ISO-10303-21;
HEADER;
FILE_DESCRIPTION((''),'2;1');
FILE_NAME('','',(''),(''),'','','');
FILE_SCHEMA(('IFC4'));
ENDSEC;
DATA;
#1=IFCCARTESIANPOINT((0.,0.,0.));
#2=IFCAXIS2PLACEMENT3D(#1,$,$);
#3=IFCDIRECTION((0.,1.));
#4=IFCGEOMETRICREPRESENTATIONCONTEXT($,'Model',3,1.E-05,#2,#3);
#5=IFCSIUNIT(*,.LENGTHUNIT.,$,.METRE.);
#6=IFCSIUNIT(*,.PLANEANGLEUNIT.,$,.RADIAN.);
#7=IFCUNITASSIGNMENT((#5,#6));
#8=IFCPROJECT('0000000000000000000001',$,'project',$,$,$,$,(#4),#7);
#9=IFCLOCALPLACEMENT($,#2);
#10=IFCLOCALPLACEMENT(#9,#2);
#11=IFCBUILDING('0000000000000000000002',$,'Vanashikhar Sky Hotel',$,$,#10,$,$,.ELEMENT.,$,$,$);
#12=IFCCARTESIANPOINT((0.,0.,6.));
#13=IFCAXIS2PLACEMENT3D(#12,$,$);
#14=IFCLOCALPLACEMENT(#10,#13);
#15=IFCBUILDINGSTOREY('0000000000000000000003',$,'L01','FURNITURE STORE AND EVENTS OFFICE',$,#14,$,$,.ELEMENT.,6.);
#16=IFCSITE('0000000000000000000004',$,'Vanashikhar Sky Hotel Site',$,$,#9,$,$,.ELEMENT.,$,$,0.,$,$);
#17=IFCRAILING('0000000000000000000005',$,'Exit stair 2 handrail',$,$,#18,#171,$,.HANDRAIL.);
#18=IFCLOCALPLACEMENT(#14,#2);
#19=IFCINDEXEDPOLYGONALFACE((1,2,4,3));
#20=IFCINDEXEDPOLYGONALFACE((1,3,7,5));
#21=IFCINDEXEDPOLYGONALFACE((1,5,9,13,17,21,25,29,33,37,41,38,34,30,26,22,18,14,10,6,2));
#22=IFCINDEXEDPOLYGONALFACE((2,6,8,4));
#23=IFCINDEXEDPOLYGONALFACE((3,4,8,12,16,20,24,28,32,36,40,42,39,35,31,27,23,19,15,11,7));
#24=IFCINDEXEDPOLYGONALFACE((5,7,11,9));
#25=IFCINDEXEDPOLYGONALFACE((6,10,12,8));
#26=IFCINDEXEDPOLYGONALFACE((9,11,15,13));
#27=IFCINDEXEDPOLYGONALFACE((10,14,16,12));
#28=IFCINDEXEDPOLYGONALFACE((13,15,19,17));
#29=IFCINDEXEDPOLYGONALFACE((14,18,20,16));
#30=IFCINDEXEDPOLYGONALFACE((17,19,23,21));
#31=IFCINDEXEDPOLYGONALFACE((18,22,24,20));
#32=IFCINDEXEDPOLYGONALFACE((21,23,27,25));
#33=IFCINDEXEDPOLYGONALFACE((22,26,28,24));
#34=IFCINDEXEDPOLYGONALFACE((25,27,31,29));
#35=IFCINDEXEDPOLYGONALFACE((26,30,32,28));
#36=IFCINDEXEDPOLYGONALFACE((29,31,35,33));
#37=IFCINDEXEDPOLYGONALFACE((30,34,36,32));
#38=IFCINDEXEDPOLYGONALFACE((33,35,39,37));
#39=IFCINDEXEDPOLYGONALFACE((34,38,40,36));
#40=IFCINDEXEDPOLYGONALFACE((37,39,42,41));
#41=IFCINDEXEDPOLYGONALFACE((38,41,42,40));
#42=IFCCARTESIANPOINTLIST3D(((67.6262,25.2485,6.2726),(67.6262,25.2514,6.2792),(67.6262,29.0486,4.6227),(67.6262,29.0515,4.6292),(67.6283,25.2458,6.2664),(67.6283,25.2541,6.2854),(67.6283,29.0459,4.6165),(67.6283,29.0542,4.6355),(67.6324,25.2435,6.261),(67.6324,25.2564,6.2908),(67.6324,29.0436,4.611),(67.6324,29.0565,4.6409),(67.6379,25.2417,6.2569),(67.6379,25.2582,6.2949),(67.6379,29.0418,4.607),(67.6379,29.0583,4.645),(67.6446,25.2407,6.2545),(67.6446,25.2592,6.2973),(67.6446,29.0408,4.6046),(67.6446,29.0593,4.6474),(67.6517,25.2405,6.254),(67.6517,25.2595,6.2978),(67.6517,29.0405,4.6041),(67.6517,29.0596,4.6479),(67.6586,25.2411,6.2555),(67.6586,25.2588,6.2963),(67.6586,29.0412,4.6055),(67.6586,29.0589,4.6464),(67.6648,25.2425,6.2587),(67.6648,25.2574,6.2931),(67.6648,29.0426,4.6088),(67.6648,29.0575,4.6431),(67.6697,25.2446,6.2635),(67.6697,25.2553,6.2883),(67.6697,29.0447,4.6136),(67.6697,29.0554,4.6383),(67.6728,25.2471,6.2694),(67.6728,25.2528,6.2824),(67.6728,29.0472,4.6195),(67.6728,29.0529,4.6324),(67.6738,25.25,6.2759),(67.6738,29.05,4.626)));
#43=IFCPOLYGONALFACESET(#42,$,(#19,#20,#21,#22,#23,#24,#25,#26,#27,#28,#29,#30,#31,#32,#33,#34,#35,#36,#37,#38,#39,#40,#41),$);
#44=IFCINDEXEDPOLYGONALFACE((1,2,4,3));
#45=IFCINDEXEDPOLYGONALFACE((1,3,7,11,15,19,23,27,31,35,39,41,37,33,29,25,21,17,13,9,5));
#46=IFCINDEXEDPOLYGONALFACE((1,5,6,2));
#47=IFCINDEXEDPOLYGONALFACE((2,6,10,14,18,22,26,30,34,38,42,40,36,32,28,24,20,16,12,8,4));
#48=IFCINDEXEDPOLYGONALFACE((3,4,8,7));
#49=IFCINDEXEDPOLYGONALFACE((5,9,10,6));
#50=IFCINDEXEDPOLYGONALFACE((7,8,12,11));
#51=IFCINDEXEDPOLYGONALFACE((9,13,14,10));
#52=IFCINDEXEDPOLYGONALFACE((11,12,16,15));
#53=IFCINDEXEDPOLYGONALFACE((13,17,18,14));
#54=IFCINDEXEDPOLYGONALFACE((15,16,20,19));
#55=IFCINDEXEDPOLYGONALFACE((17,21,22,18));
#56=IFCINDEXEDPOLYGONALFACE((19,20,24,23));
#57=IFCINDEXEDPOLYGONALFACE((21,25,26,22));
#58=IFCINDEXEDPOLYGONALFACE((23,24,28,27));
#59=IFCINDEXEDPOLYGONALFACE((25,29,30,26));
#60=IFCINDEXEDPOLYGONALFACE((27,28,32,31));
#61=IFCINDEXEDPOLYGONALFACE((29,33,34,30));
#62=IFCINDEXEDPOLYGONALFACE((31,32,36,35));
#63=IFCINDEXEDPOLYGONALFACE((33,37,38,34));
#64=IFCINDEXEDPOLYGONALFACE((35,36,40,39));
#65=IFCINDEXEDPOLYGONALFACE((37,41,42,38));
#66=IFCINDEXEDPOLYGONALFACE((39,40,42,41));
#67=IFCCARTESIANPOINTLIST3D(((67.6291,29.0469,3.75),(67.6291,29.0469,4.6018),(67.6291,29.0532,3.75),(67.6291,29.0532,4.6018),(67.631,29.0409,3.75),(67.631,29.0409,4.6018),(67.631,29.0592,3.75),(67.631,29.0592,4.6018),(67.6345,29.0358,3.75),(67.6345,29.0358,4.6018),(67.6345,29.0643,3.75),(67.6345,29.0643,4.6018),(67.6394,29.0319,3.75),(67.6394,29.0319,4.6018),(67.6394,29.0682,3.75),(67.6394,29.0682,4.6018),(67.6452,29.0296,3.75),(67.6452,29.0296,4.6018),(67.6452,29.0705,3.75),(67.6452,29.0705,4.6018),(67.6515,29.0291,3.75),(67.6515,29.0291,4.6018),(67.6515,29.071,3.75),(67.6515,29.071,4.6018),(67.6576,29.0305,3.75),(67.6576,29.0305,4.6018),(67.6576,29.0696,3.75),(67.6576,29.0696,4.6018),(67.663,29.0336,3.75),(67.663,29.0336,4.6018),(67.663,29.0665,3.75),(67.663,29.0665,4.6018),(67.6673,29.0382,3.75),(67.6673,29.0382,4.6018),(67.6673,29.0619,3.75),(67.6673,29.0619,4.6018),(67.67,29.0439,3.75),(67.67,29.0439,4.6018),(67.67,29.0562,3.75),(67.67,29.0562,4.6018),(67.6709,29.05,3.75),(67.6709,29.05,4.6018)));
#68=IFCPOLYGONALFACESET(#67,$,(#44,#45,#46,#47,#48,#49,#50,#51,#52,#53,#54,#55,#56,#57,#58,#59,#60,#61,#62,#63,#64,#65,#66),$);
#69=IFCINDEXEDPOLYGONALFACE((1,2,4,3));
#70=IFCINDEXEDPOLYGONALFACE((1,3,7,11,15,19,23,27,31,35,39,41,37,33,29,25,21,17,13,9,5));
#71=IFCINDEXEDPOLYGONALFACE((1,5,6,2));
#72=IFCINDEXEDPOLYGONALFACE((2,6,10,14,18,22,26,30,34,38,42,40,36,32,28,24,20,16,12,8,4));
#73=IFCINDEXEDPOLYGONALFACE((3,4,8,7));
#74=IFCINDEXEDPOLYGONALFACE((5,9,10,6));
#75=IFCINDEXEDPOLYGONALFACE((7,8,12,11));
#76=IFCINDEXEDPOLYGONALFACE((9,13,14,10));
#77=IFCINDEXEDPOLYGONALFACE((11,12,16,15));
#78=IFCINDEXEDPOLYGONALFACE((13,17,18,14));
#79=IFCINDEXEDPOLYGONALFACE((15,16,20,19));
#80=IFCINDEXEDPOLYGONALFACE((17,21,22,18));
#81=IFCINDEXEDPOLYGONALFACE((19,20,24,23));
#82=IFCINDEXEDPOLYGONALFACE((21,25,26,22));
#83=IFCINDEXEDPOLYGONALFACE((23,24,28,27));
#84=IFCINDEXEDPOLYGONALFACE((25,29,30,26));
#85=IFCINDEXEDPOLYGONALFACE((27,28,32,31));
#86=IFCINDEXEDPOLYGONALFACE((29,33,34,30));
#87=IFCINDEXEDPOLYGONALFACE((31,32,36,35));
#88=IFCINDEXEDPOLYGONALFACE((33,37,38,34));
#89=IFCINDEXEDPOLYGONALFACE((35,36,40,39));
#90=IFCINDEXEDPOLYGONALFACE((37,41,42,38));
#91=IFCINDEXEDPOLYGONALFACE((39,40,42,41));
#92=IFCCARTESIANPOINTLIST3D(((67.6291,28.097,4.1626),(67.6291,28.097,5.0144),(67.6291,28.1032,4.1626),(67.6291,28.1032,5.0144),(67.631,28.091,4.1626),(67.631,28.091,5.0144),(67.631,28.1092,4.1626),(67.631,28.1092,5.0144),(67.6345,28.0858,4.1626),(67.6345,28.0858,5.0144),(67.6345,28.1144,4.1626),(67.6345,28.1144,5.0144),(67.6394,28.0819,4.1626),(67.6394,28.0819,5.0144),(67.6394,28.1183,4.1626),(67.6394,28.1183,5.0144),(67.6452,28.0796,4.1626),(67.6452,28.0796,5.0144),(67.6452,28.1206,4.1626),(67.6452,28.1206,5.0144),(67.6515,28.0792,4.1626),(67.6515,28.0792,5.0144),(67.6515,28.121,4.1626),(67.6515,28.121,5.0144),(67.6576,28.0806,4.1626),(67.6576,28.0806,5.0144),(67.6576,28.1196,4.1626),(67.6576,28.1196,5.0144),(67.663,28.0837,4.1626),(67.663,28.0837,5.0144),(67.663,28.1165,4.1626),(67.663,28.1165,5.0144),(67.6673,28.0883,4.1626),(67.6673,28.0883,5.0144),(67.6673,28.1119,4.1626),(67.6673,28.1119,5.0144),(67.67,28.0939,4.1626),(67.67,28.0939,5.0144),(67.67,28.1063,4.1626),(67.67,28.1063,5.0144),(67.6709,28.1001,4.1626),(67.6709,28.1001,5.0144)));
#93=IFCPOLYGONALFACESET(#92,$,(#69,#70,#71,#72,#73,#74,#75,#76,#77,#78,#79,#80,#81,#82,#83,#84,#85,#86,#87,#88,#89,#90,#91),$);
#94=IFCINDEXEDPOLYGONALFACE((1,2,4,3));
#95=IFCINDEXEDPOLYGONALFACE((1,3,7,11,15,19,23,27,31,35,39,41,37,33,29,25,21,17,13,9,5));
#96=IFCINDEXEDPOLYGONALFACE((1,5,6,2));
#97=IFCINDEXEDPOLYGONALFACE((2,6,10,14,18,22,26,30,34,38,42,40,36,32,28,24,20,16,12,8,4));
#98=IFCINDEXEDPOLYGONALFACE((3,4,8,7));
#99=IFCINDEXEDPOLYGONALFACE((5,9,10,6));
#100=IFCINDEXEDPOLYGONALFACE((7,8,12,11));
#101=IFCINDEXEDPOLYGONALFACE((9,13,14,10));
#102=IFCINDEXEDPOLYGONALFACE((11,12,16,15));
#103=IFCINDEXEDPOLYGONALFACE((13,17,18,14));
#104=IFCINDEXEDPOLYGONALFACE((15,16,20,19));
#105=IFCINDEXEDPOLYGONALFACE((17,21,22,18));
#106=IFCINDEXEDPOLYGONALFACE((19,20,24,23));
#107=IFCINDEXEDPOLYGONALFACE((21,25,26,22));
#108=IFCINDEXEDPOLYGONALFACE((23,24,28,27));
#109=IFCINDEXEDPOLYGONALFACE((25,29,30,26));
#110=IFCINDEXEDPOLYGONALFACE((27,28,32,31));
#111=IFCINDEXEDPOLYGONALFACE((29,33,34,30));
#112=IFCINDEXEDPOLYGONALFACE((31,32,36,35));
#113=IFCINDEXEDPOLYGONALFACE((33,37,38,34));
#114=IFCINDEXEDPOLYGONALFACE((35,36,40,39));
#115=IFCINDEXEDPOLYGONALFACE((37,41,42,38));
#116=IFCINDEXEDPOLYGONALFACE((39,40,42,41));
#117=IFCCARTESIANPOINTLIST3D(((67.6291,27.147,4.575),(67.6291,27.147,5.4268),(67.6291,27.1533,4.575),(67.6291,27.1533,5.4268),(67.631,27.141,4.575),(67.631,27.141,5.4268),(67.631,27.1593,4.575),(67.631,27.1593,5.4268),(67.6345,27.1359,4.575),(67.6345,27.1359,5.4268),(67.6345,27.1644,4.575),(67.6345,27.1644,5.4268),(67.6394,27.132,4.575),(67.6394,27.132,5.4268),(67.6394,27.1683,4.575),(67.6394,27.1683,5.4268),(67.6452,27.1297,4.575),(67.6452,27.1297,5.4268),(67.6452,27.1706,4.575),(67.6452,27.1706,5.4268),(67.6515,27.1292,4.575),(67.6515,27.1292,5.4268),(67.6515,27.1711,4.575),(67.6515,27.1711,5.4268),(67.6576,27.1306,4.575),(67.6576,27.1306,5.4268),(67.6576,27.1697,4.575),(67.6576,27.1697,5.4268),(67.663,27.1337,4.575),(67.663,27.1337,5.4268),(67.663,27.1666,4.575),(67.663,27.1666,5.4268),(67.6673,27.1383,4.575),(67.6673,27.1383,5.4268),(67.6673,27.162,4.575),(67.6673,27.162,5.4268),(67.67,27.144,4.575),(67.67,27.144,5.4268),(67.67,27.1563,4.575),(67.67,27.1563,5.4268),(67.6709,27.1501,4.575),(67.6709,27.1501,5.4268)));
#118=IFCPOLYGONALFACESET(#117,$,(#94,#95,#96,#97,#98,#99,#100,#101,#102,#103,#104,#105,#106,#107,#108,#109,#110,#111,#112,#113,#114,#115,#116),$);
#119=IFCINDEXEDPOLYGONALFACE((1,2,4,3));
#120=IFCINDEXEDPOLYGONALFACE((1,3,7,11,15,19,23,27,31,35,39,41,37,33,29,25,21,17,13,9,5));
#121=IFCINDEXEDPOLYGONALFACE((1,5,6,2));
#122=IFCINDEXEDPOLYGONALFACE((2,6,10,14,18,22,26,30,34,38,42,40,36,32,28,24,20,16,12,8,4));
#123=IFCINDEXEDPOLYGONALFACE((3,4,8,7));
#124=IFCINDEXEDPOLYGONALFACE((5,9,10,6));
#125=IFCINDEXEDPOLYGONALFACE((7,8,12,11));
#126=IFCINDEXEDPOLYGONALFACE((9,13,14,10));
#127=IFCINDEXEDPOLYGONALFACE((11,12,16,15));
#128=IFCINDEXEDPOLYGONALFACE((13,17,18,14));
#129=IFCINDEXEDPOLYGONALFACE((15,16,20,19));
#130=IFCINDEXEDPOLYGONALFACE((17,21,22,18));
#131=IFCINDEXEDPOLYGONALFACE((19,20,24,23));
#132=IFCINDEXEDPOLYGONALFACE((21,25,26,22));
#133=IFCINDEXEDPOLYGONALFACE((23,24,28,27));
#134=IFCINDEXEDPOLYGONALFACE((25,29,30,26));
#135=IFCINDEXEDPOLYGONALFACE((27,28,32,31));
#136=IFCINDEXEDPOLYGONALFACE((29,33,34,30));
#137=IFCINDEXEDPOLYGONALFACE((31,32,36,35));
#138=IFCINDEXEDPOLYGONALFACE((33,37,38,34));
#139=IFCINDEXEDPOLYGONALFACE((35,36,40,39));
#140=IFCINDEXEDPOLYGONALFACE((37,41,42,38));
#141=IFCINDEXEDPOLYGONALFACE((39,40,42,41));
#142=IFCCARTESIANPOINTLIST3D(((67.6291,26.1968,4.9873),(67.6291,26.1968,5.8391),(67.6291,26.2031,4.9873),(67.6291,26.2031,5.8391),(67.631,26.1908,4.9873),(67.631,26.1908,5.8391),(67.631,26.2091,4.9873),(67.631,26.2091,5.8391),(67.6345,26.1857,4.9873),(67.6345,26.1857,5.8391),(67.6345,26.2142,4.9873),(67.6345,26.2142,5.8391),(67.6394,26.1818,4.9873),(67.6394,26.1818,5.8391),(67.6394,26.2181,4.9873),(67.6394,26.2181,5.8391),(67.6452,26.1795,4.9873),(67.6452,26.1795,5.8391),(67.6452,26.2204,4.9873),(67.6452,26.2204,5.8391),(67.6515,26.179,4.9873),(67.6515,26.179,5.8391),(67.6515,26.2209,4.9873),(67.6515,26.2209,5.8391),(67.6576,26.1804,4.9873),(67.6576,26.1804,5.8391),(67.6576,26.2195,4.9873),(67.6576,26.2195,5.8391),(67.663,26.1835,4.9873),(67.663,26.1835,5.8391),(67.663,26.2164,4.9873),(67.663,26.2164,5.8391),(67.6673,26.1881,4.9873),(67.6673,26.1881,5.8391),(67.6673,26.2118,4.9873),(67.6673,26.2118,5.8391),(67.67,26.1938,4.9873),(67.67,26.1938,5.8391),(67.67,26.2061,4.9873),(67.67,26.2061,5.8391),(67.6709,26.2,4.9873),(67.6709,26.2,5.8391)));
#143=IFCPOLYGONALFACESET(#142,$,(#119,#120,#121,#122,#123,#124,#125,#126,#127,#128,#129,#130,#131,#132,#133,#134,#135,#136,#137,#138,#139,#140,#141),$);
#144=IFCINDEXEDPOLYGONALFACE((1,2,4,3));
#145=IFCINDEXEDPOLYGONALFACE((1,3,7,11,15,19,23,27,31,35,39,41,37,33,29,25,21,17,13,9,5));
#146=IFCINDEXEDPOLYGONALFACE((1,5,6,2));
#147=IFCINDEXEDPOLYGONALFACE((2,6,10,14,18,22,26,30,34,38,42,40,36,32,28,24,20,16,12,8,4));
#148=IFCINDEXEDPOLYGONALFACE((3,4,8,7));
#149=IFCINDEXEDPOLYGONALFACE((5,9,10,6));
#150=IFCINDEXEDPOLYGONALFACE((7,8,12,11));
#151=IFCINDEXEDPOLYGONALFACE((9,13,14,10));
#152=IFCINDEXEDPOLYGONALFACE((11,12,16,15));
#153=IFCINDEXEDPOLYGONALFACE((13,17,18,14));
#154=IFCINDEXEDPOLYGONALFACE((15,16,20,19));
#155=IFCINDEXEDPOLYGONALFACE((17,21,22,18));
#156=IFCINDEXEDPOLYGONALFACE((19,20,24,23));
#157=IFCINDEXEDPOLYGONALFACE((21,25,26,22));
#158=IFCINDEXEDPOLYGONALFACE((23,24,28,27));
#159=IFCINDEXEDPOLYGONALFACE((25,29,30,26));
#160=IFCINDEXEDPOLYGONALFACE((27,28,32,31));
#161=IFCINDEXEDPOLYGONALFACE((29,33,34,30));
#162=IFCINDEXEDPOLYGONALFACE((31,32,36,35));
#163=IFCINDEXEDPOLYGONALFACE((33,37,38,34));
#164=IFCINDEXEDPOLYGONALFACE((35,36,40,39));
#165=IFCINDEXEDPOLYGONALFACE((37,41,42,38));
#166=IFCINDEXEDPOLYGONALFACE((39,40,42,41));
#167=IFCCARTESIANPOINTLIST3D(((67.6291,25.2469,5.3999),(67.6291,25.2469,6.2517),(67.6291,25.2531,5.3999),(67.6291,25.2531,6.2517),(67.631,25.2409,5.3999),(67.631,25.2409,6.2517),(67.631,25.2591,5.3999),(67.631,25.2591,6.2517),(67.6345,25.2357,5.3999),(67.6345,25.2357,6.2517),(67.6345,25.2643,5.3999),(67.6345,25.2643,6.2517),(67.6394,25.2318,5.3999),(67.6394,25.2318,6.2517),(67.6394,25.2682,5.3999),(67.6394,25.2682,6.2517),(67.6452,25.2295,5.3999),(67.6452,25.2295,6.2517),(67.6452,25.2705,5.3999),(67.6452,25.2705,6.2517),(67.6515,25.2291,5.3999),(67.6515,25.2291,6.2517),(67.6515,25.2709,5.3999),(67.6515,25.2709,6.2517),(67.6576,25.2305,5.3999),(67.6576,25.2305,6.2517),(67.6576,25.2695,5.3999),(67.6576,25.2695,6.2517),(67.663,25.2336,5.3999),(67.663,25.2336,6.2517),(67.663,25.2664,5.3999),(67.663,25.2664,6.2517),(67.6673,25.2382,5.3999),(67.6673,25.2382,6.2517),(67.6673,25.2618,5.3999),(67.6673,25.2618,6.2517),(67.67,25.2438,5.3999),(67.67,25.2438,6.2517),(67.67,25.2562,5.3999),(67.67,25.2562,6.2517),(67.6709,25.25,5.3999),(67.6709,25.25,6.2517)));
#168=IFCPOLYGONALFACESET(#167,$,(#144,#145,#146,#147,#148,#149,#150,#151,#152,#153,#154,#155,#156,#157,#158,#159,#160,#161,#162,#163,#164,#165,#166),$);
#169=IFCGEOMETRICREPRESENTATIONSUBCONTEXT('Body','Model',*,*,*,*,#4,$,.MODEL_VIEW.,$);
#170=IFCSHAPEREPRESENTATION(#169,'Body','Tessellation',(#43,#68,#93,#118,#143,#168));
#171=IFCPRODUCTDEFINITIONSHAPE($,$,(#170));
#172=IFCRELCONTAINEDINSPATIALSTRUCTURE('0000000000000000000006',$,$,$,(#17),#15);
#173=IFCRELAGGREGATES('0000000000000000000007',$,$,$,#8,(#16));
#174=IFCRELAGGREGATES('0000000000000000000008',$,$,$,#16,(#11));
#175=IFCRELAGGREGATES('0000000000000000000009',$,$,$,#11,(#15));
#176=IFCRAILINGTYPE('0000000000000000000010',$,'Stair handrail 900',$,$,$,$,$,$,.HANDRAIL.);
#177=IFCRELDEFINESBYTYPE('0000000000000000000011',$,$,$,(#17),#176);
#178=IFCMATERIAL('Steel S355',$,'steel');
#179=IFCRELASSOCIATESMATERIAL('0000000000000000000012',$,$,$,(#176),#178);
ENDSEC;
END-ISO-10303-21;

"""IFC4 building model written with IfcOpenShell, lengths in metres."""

from ifc_helpers import new_model, si_unit, direction, frame, origin, origin_2d, place, context, subcontext, project, spatial, circle, extrude, source, transform, mapped, material, type_object, element, save


model = new_model("IFC4")

# Units and contexts
model_context = context("Model", 3, precision=1e-05, world=origin(), true_north=direction((0.0, 1.0)))
body_context = subcontext(model_context, "Body", "Model", "MODEL_VIEW")
ifc_project = project(units=[si_unit("LENGTHUNIT", "METRE"), si_unit("PLANEANGLEUNIT", "RADIAN")], contexts=[model_context])

# Site, building, storey
site_placement = place(None, origin())
site = spatial("IfcSite", under=ifc_project, at=site_placement, Name="Vanashikhar Sky Hotel Site", CompositionType="ELEMENT", RefElevation=0.0)
building_placement = place(site_placement, origin())
building = spatial("IfcBuilding", under=site, at=building_placement, Name="Vanashikhar Sky Hotel", CompositionType="ELEMENT")
storey_placement = place(building_placement, frame((0.0, 0.0, 6.0)))
storey = spatial("IfcBuildingStorey", under=building, at=storey_placement, Name="L01", Description="FURNITURE STORE AND EVENTS OFFICE", CompositionType="ELEMENT", Elevation=6.0)

# Railing
ifc_material_1 = material(Name="Steel S355", Category="steel")
railing_type_1 = type_object("IfcRailingType", Name="Stair handrail 900", PredefinedType="HANDRAIL", material=ifc_material_1)
shared_shape_1 = source(origin(), body_context, "Body", "SweptSolid", [
    extrude(circle(Radius=0.0239, at=origin_2d()), frame((0.0, 0.0, 0.876), z_axis=(0.0, -0.917272, 0.398261), x_axis=(1.0, 0.0, 0.0)), (0.0, 0.0, 1.0), 4.1428),
    extrude(circle(Radius=0.021, at=origin_2d()), origin(), (0.0, 0.0, 1.0), 0.8518),
    extrude(circle(Radius=0.021, at=origin_2d()), frame((0.0, -0.95, 0.4126)), (0.0, 0.0, 1.0), 0.8518),
    extrude(circle(Radius=0.021, at=origin_2d()), frame((0.0, -1.8999, 0.825)), (0.0, 0.0, 1.0), 0.8518),
    extrude(circle(Radius=0.021, at=origin_2d()), frame((0.0, -2.8501, 1.2373)), (0.0, 0.0, 1.0), 0.8518),
    extrude(circle(Radius=0.021, at=origin_2d()), frame((0.0, -3.8, 1.6499)), (0.0, 0.0, 1.0), 0.8518),
])
for number, where, name in (
    (1, (67.6499, 29.05, 3.75), "Exit stair 2 handrail"),
):
    element("IfcRailing", number, at=place(storey_placement, frame(where)), inside=storey, type_object=railing_type_1, Name=name, PredefinedType="HANDRAIL", context=body_context, shape_type="MappedRepresentation", body=[
        mapped(shared_shape_1, transform((0.0, 0.0, 0.0), scale=1.0)),
    ])

save(model, "model.ifc")
